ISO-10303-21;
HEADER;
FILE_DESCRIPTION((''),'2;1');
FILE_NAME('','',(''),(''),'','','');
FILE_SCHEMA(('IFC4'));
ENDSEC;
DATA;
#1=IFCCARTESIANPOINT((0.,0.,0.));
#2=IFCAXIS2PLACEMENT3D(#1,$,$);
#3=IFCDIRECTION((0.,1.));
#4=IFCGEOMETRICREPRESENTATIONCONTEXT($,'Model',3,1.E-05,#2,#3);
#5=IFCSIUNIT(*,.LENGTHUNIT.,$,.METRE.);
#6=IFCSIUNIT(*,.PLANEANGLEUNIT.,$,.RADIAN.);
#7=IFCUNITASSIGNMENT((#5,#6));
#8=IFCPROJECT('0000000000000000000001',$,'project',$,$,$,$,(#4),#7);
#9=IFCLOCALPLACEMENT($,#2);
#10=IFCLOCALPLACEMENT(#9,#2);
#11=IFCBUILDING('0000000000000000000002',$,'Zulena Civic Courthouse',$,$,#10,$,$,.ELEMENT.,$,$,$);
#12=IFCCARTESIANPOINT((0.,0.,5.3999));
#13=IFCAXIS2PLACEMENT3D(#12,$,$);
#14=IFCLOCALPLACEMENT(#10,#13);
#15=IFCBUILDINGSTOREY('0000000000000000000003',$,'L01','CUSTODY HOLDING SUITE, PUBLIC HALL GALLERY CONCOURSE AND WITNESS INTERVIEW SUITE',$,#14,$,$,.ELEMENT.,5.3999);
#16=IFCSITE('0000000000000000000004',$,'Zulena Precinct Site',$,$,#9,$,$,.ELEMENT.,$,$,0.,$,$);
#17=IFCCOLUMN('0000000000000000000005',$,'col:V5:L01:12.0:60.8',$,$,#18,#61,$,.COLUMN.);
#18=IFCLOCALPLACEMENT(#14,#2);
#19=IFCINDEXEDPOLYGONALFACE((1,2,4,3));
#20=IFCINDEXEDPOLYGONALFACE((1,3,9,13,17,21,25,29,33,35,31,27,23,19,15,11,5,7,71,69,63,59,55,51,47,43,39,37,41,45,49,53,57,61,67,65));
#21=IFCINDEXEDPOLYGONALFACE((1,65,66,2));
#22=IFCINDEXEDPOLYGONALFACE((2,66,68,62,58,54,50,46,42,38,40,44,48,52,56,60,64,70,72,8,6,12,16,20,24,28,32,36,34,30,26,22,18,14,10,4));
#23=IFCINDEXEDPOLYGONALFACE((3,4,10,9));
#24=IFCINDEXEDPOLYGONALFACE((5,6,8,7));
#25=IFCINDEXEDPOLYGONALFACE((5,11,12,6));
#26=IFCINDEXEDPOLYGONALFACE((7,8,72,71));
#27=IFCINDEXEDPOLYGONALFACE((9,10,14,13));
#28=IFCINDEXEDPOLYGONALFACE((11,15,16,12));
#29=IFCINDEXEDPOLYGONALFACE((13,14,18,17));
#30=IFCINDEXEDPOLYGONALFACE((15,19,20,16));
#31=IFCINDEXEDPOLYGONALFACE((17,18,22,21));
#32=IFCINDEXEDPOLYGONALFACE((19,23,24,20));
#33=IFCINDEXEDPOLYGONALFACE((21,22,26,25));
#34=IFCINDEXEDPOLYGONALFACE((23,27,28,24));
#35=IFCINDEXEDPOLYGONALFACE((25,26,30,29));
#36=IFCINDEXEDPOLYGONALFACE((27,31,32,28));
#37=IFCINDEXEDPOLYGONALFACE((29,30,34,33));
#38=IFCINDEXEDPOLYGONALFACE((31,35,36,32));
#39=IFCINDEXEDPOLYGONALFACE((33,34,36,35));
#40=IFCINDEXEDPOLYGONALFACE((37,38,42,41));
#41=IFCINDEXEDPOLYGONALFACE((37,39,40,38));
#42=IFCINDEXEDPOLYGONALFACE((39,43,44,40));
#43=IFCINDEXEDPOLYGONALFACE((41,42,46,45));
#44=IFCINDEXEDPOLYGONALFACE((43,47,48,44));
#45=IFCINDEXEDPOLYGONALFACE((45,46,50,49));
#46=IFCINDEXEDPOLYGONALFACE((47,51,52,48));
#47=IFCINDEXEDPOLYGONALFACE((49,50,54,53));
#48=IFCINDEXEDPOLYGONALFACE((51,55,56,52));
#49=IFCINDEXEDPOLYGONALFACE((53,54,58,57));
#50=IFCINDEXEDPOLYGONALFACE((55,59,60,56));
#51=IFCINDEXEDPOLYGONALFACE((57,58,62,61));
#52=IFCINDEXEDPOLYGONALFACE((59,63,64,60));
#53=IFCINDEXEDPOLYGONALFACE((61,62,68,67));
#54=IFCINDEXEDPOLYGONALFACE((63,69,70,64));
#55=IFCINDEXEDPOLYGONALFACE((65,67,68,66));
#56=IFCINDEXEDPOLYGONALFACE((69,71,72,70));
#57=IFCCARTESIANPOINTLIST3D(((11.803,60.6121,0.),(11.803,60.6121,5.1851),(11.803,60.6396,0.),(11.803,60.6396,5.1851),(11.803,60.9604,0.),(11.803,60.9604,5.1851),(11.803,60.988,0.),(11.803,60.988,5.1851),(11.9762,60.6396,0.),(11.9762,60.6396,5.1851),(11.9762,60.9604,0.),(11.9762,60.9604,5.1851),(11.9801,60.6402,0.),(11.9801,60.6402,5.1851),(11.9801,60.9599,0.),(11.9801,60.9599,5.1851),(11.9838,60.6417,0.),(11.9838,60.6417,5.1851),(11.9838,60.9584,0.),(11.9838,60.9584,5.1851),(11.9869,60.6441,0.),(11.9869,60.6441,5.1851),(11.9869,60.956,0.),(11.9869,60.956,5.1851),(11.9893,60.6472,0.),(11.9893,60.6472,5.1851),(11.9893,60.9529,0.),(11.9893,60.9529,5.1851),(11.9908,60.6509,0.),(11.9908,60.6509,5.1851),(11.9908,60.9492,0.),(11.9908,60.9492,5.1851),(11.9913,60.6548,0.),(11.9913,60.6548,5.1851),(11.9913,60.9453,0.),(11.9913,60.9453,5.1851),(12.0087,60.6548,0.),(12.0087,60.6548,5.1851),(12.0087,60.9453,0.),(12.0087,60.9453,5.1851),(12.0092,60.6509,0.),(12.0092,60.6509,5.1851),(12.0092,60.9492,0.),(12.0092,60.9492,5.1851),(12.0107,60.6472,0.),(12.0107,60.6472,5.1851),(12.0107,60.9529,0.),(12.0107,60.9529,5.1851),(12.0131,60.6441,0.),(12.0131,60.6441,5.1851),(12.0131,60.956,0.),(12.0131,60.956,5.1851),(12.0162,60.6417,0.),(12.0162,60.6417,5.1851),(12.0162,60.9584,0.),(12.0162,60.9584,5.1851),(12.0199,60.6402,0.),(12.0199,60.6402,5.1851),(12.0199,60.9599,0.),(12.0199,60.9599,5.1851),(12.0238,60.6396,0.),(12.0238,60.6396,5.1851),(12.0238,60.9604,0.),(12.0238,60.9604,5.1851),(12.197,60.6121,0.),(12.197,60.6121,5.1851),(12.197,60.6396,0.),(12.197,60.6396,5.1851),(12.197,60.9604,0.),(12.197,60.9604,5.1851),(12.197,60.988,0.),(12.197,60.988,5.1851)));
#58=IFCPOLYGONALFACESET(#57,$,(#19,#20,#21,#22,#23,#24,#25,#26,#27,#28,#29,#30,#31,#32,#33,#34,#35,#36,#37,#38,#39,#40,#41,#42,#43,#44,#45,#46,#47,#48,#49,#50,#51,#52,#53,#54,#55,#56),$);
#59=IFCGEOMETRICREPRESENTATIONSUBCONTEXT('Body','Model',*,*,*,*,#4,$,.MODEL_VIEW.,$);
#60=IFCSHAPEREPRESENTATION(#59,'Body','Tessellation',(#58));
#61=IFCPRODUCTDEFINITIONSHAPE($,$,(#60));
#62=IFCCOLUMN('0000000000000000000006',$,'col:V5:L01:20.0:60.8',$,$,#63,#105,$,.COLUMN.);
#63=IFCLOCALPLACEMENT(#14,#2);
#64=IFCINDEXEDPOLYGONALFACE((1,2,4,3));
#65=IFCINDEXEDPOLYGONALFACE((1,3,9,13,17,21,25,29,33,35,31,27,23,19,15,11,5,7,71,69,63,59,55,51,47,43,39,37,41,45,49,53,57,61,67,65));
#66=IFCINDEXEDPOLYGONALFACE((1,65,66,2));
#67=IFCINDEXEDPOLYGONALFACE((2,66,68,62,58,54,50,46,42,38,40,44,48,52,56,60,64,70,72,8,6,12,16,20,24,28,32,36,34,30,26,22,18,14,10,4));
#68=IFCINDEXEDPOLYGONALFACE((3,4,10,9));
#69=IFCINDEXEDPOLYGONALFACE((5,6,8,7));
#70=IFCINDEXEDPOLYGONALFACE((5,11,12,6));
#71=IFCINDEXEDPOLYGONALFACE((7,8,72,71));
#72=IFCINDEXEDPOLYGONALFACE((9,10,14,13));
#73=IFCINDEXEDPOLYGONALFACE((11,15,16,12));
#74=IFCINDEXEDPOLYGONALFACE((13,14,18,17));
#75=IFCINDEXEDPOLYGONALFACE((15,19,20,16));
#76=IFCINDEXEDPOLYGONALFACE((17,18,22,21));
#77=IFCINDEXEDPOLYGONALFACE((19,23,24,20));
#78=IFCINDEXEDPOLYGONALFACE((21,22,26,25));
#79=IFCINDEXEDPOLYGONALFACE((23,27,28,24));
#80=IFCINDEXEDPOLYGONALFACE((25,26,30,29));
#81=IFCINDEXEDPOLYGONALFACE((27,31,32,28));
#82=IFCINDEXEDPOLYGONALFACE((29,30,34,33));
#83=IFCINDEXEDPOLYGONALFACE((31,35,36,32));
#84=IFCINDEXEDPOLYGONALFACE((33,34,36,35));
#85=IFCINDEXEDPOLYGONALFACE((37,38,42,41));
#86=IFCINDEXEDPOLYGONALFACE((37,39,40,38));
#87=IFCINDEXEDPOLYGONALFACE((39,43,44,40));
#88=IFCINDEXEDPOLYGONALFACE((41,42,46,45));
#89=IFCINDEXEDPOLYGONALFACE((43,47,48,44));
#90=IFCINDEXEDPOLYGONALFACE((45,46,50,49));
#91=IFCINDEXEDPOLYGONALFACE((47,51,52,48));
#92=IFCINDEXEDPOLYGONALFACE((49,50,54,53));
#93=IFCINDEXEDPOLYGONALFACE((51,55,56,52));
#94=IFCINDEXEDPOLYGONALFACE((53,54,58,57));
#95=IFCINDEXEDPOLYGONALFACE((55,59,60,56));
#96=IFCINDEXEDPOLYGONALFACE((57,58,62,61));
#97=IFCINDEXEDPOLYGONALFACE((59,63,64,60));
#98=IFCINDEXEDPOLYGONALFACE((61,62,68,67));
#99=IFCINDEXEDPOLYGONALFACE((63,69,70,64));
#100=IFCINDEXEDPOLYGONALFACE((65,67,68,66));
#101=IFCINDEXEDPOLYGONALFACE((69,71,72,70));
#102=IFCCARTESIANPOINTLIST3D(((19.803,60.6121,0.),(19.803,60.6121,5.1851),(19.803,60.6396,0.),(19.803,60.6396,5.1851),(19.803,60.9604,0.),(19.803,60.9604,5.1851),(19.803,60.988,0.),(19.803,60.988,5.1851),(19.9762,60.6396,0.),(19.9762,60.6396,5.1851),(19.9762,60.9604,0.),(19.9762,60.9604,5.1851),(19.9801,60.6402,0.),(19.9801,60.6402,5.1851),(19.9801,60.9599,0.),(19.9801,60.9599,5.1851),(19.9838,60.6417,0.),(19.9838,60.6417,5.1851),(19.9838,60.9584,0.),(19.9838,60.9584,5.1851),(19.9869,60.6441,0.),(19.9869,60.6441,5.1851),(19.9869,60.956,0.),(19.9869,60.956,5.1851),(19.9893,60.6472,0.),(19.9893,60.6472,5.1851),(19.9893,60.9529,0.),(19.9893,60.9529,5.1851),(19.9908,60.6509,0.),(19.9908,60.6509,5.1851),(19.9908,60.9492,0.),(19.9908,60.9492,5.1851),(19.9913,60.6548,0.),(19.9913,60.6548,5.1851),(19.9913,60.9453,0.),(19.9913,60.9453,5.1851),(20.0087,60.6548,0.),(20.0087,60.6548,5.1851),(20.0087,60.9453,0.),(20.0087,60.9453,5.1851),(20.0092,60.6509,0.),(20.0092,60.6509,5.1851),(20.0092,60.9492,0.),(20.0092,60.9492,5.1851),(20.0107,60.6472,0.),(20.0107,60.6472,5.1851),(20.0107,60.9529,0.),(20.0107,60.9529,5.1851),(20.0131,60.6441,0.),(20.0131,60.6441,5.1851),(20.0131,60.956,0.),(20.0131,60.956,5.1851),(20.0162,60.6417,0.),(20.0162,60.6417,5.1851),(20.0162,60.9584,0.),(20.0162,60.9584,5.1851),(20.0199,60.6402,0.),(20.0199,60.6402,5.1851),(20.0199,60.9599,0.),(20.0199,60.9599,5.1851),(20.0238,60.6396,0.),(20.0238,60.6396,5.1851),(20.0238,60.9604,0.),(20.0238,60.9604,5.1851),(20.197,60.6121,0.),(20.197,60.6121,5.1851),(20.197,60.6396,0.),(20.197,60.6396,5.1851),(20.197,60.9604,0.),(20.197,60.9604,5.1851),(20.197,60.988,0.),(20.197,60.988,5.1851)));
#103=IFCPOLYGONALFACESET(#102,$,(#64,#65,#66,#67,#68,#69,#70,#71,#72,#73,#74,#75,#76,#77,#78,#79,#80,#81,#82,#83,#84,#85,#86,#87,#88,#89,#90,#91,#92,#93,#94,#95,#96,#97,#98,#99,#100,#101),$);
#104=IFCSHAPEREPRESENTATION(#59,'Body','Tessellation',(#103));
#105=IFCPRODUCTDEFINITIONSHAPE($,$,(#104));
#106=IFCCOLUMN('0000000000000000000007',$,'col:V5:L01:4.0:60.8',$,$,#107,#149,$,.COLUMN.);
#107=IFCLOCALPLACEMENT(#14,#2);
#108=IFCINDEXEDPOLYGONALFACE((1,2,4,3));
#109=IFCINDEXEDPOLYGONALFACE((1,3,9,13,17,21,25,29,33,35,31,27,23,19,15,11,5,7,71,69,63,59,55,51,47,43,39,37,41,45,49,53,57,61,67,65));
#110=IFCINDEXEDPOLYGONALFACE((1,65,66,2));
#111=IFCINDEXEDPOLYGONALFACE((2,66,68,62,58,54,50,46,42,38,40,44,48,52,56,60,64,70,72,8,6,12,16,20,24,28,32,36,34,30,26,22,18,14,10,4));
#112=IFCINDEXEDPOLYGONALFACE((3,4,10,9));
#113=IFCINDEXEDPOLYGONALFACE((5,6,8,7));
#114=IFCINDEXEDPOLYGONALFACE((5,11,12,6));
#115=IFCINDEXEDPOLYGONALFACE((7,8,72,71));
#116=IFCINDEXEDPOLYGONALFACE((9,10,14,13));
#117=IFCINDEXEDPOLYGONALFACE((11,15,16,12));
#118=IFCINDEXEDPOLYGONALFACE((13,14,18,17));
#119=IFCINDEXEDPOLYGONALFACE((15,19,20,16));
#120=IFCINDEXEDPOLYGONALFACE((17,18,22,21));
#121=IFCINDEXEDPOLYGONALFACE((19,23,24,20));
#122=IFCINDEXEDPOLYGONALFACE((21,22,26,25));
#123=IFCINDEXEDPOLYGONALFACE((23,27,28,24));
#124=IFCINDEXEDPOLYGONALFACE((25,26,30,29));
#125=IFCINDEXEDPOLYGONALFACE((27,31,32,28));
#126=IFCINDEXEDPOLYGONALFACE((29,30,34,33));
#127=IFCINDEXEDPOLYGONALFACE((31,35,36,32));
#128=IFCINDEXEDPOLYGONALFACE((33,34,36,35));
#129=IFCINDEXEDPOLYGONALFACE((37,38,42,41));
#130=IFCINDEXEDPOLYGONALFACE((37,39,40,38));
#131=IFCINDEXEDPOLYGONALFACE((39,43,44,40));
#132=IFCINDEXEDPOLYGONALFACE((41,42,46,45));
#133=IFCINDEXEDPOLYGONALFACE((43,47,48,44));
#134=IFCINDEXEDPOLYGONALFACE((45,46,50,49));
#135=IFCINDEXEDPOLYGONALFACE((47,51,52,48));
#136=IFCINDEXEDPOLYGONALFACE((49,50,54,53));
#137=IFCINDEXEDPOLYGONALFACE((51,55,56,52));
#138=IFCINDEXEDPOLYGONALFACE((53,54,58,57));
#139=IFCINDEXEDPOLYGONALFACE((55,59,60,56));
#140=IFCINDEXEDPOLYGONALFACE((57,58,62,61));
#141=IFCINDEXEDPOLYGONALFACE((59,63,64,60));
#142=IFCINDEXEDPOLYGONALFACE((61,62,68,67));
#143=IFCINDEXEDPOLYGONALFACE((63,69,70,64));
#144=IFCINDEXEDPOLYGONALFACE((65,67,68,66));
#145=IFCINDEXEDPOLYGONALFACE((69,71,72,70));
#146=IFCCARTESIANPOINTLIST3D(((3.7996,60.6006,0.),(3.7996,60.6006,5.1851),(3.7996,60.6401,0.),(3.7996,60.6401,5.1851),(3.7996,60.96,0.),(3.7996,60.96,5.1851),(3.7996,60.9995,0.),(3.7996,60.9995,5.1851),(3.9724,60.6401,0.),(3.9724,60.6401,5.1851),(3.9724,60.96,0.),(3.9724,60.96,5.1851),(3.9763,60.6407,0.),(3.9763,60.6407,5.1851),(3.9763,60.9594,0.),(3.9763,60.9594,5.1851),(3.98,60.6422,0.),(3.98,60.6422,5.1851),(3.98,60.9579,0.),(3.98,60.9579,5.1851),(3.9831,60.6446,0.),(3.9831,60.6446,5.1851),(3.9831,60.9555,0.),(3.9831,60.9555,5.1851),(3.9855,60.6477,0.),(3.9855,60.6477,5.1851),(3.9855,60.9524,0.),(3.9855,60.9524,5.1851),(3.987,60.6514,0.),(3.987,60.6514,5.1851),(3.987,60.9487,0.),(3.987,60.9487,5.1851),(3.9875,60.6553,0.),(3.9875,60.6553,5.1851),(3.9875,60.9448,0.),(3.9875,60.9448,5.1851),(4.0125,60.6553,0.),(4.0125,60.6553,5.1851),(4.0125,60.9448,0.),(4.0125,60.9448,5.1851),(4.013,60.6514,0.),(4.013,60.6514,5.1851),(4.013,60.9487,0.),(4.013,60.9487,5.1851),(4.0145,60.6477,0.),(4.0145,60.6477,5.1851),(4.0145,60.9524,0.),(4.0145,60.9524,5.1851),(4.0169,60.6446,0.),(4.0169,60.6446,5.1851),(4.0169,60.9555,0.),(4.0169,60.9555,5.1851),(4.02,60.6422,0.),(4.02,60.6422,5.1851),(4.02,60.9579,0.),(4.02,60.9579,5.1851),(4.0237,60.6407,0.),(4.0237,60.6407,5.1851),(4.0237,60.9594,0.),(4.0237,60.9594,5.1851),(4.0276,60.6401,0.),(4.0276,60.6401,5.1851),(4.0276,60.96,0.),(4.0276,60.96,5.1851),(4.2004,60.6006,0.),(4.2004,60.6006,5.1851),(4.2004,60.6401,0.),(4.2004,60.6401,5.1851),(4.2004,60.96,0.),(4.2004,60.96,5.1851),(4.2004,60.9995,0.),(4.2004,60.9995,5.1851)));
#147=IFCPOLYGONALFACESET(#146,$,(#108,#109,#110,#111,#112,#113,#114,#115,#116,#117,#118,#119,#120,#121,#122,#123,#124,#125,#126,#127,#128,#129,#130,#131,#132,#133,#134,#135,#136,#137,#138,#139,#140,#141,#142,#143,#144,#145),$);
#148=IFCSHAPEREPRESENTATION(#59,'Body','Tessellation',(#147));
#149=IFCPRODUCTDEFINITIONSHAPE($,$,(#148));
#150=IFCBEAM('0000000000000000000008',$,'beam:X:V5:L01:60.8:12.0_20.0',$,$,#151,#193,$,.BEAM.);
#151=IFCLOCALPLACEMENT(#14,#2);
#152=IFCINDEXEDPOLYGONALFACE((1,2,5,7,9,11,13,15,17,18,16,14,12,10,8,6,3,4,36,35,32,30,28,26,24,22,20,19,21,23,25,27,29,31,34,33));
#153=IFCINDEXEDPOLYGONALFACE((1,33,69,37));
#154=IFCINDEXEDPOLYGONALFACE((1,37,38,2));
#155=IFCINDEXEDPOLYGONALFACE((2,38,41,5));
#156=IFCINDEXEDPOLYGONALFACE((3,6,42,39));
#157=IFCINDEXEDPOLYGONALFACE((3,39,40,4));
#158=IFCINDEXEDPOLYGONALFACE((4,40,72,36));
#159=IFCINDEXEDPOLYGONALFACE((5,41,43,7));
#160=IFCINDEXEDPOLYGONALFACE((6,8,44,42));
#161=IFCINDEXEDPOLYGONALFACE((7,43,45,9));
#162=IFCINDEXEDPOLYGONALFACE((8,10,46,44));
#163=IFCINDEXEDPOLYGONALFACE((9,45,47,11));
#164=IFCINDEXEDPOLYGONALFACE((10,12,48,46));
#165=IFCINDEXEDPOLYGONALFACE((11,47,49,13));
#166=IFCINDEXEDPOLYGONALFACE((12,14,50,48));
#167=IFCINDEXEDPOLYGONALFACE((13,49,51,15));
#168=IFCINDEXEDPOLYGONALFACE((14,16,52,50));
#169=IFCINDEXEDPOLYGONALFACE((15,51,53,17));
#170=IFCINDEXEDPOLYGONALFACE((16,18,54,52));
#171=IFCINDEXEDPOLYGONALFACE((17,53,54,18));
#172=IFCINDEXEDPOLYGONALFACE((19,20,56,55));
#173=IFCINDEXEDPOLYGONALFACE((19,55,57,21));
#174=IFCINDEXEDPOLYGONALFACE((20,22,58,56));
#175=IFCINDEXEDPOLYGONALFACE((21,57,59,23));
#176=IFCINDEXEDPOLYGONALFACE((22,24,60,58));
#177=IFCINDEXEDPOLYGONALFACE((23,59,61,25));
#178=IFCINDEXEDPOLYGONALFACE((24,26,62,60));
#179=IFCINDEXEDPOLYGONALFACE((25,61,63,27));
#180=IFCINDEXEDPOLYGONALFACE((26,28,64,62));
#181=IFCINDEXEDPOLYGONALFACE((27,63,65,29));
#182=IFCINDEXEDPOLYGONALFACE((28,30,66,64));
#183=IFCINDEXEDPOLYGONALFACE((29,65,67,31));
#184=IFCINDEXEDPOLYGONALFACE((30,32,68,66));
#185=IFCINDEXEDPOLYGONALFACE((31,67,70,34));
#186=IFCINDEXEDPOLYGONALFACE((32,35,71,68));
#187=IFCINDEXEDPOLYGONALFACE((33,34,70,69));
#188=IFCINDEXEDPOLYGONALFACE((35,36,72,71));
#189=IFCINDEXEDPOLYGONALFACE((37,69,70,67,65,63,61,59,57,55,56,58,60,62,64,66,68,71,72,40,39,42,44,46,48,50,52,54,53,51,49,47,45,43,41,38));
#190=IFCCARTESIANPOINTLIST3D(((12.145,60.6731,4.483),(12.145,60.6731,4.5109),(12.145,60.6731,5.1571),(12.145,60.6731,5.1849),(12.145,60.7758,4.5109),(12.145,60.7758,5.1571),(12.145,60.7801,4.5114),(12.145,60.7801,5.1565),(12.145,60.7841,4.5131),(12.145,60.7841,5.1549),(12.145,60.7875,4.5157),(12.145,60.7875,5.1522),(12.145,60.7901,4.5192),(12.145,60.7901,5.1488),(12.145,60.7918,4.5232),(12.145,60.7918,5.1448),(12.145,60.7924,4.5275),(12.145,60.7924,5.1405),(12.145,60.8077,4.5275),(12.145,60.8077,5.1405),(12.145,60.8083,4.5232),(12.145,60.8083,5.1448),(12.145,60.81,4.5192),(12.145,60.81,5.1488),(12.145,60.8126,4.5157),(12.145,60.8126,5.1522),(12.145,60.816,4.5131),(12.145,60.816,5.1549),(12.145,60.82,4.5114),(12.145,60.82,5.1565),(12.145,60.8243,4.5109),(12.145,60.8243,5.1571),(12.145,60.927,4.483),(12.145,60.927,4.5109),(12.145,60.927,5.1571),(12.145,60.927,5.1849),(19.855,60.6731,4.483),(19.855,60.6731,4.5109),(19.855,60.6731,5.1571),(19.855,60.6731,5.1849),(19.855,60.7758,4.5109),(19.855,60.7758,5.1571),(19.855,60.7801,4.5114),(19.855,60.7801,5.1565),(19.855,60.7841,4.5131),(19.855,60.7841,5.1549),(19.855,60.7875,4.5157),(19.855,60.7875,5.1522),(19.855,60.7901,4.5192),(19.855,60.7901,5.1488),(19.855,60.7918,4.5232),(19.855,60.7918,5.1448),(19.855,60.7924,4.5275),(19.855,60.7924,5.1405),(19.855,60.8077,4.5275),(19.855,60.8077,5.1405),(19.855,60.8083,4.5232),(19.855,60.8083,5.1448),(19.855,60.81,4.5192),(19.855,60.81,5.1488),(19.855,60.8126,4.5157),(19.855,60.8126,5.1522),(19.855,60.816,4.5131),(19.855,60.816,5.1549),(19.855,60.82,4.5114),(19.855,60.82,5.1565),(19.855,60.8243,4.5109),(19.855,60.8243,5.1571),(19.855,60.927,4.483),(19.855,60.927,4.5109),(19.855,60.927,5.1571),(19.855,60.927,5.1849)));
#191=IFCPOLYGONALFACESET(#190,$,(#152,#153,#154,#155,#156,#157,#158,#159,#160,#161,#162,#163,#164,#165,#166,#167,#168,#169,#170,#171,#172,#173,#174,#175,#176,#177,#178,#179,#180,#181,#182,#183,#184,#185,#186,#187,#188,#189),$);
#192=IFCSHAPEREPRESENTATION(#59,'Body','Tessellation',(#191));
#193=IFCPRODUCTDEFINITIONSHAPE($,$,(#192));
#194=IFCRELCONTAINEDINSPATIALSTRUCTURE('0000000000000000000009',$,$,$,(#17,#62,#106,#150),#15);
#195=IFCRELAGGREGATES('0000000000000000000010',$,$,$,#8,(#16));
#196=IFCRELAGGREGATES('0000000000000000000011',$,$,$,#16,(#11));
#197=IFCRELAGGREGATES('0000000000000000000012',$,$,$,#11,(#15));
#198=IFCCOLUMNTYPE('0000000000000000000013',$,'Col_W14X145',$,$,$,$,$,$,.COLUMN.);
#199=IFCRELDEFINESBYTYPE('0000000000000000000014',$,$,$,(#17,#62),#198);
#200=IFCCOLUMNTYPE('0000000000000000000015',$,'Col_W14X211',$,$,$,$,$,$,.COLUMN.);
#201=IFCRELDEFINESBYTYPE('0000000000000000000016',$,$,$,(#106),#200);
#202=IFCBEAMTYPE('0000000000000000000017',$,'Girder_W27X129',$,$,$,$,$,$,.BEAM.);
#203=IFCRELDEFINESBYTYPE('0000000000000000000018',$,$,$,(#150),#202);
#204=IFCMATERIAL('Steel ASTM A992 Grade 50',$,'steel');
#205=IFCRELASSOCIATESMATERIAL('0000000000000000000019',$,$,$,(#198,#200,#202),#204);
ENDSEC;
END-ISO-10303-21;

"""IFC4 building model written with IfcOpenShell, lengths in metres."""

from ifc_helpers import new_model, si_unit, direction, frame, origin, origin_2d, place, context, subcontext, project, spatial, i_section, extrude, material, material_profile, profile_set, type_object, element, save


model = new_model("IFC4")

# Units and contexts
model_context = context("Model", 3, precision=1e-05, world=origin(), true_north=direction((0.0, 1.0)))
body_context = subcontext(model_context, "Body", "Model", "MODEL_VIEW")
ifc_project = project(units=[si_unit("LENGTHUNIT", "METRE"), si_unit("PLANEANGLEUNIT", "RADIAN")], contexts=[model_context])

# Site, building, storey
site_placement = place(None, origin())
site = spatial("IfcSite", under=ifc_project, at=site_placement, Name="Zulena Precinct Site", CompositionType="ELEMENT", RefElevation=0.0)
building_placement = place(site_placement, origin())
building = spatial("IfcBuilding", under=site, at=building_placement, Name="Zulena Civic Courthouse", CompositionType="ELEMENT")
storey_placement = place(building_placement, frame((0.0, 0.0, 5.3999)))
storey = spatial("IfcBuildingStorey", under=building, at=storey_placement, Name="L01", Description="CUSTODY HOLDING SUITE, PUBLIC HALL GALLERY CONCOURSE AND WITNESS INTERVIEW SUITE", CompositionType="ELEMENT", Elevation=5.3999)

# Columns
ifc_material_1 = material(Name="Steel ASTM A992 Grade 50", Category="steel")
ifc_material_profile_1 = material_profile(ifc_material_1, i_section(OverallWidth=0.394, OverallDepth=0.376, WebThickness=0.0173, FlangeThickness=0.0276, FilletRadius=0.0151, at=origin_2d()), Name="W14X145")
ifc_profile_set_1 = profile_set([ifc_material_profile_1], Name="Steel ASTM A992 Grade 50")
column_type_1 = type_object("IfcColumnType", Name="Col_W14X145", PredefinedType="COLUMN", material=ifc_profile_set_1)
for number, where, z_axis, x_axis, name in (
    (1, (12.0, 60.8, 0.0), (0.0, 0.0, 1.0), (1.0, 0.0, 0.0), "col:V5:L01:12.0:60.8"),
    (2, (20.0, 60.8, 0.0), (0.0, 0.0, 1.0), (1.0, 0.0, 0.0), "col:V5:L01:20.0:60.8"),
):
    element("IfcColumn", number, at=place(storey_placement, frame(where, z_axis=z_axis, x_axis=x_axis)), inside=storey, type_object=column_type_1, Name=name, PredefinedType="COLUMN", context=body_context, shape_type="SweptSolid", body=[
        extrude(i_section(OverallWidth=0.394, OverallDepth=0.376, WebThickness=0.0173, FlangeThickness=0.0276, FilletRadius=0.0151, at=origin_2d()), origin(), (0.0, 0.0, 1.0), 5.1851),
    ])
ifc_material_profile_2 = material_profile(ifc_material_1, i_section(OverallWidth=0.4009, OverallDepth=0.3989, WebThickness=0.0249, FlangeThickness=0.0396, FilletRadius=0.0151, at=origin_2d()), Name="W14X211")
ifc_profile_set_2 = profile_set([ifc_material_profile_2], Name="Steel ASTM A992 Grade 50")
column_type_2 = type_object("IfcColumnType", Name="Col_W14X211", PredefinedType="COLUMN", material=ifc_profile_set_2)
column_placement = place(storey_placement, frame((4.0, 60.8, 0.0), z_axis=(0.0, 0.0, 1.0), x_axis=(1.0, 0.0, 0.0)))
element("IfcColumn", 3, at=column_placement, inside=storey, type_object=column_type_2, Name="col:V5:L01:4.0:60.8", PredefinedType="COLUMN", context=body_context, shape_type="SweptSolid", body=[
    extrude(i_section(OverallWidth=0.4009, OverallDepth=0.3989, WebThickness=0.0249, FlangeThickness=0.0396, FilletRadius=0.0151, at=origin_2d()), origin(), (0.0, 0.0, 1.0), 5.1851),
])

# Beam
ifc_material_profile_3 = material_profile(ifc_material_1, i_section(OverallWidth=0.2539, OverallDepth=0.7019, WebThickness=0.0154, FlangeThickness=0.0278, FilletRadius=0.0166, at=origin_2d()), Name="W27X129")
ifc_profile_set_3 = profile_set([ifc_material_profile_3], Name="Steel ASTM A992 Grade 50")
beam_type_1 = type_object("IfcBeamType", Name="Girder_W27X129", PredefinedType="BEAM", material=ifc_profile_set_3)
for number, where, z_axis, x_axis, name in (
    (4, (12.145, 60.8, 4.834), (1.0, 0.0, 0.0), (0.0, 1.0, 0.0), "beam:X:V5:L01:60.8:12.0_20.0"),
):
    element("IfcBeam", number, at=place(storey_placement, frame(where, z_axis=z_axis, x_axis=x_axis)), inside=storey, type_object=beam_type_1, Name=name, PredefinedType="BEAM", context=body_context, shape_type="SweptSolid", body=[
        extrude(i_section(OverallWidth=0.2539, OverallDepth=0.7019, WebThickness=0.0154, FlangeThickness=0.0278, FilletRadius=0.0166, at=origin_2d()), origin(), (0.0, 0.0, 1.0), 7.71),
    ])

save(model, "model.ifc")
